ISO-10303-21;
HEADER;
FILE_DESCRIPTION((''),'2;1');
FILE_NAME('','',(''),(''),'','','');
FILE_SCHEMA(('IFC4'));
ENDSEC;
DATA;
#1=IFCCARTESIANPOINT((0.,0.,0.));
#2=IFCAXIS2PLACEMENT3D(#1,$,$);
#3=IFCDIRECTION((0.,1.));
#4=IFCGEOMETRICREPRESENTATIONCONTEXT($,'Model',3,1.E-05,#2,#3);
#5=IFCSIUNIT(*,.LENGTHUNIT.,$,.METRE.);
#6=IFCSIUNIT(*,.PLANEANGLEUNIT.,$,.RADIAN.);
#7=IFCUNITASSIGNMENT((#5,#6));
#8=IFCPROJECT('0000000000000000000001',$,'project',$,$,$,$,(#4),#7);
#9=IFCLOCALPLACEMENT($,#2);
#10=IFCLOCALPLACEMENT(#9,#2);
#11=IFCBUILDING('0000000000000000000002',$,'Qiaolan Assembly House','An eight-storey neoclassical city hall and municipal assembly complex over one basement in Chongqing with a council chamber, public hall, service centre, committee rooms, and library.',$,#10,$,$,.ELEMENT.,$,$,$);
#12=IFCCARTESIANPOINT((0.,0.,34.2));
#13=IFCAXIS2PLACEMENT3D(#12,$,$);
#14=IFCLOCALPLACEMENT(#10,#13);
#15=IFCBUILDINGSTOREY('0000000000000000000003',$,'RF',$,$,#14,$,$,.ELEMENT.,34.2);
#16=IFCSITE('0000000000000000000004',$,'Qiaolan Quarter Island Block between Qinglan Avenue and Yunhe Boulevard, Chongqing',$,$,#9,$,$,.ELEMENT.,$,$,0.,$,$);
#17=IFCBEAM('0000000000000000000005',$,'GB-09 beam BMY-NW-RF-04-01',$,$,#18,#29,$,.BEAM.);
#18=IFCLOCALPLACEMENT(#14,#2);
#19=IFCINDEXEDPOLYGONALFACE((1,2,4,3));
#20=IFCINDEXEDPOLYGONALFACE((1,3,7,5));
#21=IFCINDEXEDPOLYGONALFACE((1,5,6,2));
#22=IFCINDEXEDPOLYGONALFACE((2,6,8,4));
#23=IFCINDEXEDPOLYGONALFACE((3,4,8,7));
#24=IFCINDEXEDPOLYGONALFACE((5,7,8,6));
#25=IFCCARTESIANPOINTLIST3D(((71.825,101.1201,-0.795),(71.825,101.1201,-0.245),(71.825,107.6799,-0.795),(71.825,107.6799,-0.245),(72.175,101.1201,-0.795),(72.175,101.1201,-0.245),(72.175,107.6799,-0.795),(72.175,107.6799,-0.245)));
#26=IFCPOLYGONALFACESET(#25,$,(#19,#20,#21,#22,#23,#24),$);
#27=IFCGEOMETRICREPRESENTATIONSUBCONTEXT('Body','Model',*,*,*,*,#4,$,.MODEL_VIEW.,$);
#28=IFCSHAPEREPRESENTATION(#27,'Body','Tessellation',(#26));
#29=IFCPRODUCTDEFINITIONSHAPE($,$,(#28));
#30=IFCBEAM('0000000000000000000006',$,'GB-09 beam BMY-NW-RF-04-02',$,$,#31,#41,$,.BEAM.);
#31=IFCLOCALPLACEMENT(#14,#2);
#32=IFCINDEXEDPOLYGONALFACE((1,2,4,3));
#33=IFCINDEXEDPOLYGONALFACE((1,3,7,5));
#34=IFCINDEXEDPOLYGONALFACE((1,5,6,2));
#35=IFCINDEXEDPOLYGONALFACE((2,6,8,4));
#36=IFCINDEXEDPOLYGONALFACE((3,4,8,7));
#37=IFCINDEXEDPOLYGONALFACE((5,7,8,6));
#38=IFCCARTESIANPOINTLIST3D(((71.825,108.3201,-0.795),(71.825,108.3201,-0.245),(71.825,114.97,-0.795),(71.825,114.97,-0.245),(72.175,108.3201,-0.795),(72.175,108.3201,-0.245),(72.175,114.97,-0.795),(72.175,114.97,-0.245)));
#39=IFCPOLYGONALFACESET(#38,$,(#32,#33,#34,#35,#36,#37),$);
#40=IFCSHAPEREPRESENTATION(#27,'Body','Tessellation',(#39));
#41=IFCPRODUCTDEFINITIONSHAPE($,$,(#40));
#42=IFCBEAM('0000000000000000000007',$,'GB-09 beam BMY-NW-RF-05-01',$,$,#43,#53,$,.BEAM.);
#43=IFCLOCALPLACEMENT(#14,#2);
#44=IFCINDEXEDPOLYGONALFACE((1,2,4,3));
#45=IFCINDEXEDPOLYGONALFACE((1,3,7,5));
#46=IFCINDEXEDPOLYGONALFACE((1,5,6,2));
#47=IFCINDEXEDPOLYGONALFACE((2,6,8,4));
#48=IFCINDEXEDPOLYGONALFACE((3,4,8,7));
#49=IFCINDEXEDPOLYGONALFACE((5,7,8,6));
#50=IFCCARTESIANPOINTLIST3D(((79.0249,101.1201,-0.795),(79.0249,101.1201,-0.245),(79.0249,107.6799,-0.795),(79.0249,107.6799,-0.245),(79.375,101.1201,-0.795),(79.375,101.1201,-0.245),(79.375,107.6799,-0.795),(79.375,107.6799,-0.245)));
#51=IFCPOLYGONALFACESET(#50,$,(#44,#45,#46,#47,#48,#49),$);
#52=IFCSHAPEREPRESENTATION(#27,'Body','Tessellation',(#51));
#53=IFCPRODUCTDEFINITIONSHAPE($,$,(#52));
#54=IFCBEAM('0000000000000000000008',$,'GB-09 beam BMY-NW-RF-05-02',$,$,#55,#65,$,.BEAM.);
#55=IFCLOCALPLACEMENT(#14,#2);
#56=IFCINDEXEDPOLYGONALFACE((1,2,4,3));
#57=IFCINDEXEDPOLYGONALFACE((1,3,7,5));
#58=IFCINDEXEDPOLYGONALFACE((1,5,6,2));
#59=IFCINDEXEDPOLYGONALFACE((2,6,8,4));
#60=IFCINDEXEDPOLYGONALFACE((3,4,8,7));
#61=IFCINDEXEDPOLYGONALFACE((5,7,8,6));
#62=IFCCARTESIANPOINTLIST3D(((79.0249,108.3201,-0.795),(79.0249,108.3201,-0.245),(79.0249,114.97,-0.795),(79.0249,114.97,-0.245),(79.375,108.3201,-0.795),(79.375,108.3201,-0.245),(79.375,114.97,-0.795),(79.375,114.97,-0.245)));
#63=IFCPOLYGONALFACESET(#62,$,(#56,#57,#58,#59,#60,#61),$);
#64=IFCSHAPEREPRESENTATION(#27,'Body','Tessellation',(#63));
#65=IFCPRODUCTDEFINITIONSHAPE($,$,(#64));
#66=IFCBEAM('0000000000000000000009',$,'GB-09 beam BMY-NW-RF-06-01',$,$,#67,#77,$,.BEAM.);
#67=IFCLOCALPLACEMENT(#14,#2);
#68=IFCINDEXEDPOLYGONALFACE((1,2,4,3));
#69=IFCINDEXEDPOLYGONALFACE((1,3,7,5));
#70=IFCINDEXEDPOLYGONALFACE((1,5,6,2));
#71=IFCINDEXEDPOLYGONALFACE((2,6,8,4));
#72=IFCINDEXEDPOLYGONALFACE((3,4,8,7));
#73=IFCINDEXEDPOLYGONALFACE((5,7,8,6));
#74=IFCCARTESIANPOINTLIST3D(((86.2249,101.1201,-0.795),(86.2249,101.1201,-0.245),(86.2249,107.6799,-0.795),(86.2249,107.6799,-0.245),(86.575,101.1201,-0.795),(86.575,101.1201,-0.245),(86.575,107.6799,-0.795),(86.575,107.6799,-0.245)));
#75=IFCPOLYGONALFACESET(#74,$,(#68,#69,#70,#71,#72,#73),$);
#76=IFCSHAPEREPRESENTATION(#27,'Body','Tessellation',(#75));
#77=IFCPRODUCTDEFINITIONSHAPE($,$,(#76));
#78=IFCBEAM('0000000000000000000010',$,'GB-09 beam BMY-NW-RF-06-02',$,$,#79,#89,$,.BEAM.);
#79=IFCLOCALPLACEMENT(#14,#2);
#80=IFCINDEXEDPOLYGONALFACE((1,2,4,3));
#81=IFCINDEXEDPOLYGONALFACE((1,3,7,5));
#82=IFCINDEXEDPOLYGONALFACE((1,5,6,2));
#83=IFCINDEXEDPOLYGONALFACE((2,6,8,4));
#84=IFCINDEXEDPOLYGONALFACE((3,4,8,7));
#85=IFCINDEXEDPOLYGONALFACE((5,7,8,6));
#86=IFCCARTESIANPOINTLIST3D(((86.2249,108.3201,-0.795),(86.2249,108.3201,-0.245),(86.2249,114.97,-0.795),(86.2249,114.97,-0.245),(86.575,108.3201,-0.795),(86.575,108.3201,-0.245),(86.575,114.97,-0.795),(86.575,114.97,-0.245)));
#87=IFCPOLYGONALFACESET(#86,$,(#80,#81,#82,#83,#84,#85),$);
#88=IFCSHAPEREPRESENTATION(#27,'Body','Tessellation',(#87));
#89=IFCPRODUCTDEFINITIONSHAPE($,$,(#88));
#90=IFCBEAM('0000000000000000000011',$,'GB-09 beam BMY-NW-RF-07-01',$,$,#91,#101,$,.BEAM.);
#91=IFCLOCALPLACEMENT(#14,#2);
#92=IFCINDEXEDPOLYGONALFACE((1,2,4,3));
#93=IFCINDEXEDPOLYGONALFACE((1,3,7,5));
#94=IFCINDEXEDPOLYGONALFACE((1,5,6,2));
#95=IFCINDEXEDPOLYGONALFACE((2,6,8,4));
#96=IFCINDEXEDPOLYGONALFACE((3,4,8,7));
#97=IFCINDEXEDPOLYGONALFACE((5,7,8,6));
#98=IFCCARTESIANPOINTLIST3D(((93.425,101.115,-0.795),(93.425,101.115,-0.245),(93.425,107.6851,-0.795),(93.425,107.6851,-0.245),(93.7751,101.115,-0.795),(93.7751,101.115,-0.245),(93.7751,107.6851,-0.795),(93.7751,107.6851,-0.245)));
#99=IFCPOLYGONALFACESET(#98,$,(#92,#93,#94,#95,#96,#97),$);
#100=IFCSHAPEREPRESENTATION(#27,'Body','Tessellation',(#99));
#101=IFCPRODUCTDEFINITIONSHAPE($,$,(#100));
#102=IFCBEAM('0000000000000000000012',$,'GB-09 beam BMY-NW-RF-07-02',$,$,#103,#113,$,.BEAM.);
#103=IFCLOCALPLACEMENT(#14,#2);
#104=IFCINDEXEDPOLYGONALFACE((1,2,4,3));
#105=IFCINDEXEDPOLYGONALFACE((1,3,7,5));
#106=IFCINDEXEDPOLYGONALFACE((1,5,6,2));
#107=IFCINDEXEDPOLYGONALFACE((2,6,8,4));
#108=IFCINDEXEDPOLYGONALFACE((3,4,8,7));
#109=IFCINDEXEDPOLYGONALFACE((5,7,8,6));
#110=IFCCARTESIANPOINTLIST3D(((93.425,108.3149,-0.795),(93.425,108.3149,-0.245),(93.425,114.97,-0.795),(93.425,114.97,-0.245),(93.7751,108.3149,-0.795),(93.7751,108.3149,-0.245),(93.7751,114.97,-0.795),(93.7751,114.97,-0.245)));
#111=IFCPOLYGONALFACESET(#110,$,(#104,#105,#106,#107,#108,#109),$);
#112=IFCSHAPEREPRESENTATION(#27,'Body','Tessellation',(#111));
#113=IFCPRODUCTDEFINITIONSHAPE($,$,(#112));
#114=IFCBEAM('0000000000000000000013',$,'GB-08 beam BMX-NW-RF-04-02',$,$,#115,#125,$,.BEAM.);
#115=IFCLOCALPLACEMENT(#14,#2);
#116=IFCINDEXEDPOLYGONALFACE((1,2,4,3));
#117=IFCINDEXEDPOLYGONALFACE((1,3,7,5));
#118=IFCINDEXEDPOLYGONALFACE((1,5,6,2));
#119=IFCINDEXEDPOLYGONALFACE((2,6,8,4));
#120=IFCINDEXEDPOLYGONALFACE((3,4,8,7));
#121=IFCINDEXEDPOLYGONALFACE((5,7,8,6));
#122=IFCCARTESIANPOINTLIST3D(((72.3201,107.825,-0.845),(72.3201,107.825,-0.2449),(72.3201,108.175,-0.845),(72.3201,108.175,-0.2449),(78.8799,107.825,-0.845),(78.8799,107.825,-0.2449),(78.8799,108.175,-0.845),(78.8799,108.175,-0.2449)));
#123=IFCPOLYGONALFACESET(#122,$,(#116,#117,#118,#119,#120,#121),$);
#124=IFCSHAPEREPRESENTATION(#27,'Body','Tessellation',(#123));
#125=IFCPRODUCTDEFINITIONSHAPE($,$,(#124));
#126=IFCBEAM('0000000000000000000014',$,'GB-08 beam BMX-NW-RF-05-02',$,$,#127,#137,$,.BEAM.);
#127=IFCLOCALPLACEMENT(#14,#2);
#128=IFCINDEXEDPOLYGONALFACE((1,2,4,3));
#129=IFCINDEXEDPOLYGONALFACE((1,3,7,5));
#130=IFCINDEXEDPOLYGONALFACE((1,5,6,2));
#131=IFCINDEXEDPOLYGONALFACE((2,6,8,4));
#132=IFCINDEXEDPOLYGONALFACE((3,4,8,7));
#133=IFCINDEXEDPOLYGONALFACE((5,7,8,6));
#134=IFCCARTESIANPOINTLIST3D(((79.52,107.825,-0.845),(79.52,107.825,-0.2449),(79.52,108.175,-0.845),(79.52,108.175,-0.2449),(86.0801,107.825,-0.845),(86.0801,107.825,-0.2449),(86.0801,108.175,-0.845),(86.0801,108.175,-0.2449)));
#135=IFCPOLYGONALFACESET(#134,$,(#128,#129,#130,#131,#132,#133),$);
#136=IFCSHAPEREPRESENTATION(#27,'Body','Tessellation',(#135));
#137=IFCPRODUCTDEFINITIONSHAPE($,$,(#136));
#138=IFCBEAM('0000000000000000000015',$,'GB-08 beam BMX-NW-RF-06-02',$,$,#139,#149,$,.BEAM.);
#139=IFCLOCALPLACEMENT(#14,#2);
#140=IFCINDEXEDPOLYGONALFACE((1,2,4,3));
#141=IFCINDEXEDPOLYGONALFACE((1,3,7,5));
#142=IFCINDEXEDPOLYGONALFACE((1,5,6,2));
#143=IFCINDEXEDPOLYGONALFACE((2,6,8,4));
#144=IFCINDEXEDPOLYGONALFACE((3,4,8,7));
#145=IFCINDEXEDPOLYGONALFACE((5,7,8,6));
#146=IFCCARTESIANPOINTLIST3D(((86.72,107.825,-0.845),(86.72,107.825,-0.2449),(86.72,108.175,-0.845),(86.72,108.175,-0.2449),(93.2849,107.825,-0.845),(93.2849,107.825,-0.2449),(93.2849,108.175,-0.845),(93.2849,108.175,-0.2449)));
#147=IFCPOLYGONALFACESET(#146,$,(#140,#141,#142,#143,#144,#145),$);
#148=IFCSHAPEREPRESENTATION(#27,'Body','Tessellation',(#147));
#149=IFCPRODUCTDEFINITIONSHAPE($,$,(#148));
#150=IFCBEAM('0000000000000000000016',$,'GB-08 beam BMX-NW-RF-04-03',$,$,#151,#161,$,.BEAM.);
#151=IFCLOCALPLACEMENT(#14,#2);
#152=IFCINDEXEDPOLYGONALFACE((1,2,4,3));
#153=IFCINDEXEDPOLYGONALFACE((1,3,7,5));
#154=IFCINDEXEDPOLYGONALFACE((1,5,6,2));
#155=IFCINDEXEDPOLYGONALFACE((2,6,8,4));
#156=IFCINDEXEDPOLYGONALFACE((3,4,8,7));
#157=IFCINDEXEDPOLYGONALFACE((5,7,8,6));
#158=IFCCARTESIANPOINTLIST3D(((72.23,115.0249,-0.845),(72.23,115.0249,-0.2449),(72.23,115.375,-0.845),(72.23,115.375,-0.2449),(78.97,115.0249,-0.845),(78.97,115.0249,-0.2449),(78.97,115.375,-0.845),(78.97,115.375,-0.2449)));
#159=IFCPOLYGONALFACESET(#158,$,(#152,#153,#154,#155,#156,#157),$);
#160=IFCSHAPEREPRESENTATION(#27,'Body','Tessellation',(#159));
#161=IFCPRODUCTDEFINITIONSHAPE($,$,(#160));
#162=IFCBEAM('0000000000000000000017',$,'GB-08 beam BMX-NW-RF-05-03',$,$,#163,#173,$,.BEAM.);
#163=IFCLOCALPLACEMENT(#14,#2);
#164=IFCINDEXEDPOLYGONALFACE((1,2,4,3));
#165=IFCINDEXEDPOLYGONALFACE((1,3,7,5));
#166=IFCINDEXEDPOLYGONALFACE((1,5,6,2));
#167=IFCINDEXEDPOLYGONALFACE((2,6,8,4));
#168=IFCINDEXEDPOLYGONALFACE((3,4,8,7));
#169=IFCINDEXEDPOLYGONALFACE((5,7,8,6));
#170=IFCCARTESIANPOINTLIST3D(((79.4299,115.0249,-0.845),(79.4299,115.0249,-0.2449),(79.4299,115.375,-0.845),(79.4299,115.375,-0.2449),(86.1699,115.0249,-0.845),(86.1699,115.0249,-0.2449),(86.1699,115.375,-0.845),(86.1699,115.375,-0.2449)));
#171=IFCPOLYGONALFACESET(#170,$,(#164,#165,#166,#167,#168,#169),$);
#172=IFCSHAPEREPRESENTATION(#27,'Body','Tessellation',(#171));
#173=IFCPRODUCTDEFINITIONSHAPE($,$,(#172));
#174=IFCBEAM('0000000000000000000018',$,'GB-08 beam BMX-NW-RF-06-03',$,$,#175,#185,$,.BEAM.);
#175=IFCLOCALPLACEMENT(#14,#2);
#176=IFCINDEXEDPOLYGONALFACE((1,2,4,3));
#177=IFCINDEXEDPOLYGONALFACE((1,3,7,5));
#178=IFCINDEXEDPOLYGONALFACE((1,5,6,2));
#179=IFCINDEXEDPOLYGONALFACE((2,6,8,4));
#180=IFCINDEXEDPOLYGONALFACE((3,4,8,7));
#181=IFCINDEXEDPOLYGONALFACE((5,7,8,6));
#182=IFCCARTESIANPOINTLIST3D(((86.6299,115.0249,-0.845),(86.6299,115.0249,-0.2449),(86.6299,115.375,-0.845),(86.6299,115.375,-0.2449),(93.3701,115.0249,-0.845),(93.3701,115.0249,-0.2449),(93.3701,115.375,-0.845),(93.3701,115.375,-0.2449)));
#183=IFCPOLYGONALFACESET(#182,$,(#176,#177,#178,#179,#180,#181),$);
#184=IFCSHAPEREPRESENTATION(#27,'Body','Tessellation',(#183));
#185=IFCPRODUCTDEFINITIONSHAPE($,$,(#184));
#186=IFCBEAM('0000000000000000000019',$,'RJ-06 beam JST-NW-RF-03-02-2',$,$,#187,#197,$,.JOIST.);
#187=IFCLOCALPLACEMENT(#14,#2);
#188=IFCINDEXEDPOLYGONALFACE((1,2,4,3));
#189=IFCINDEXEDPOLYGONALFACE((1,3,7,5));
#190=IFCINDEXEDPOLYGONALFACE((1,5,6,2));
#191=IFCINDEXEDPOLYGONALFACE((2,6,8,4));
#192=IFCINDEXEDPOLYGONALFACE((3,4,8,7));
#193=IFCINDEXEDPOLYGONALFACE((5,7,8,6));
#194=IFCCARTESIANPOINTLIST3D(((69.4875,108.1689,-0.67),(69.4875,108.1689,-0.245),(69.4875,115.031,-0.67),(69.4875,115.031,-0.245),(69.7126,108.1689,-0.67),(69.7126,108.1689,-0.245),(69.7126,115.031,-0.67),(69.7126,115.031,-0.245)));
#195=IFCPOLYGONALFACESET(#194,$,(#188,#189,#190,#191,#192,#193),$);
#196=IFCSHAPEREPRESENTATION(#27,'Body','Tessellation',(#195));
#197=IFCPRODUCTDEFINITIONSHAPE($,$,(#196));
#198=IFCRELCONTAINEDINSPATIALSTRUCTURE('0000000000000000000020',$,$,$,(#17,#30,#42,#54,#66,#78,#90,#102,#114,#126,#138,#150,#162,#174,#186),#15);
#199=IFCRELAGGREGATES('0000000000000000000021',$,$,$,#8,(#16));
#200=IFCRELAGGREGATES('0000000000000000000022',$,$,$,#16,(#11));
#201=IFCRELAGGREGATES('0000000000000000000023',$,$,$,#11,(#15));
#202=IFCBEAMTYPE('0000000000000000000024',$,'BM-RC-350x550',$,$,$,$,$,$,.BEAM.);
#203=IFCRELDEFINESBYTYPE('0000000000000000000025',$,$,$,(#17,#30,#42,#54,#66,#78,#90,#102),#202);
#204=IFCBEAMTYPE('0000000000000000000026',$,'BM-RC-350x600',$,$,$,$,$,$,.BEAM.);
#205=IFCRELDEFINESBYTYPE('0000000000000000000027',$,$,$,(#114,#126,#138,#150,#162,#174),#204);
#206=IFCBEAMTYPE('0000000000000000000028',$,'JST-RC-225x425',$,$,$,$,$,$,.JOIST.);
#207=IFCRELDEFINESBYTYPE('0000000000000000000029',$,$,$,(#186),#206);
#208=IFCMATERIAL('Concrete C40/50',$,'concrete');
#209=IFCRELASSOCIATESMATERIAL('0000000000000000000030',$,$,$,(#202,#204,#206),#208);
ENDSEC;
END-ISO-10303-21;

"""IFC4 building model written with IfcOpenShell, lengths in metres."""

from ifc_helpers import new_model, si_unit, direction, frame, origin, origin_2d, place, context, subcontext, project, spatial, rectangle, extrude, material, material_profile, profile_set, type_object, element, save


model = new_model("IFC4")

# Units and contexts
model_context = context("Model", 3, precision=1e-05, world=origin(), true_north=direction((0.0, 1.0)))
body_context = subcontext(model_context, "Body", "Model", "MODEL_VIEW")
ifc_project = project(units=[si_unit("LENGTHUNIT", "METRE"), si_unit("PLANEANGLEUNIT", "RADIAN")], contexts=[model_context])

# Site, building, storey
site_placement = place(None, origin())
site = spatial("IfcSite", under=ifc_project, at=site_placement, Name="Qiaolan Quarter Island Block between Qinglan Avenue and Yunhe Boulevard, Chongqing", CompositionType="ELEMENT", RefElevation=0.0)
building_placement = place(site_placement, origin())
building = spatial("IfcBuilding", under=site, at=building_placement, Name="Qiaolan Assembly House", Description="An eight-storey neoclassical city hall and municipal assembly complex over one basement in Chongqing with a council chamber, public hall, service centre, committee rooms, and library.", CompositionType="ELEMENT")
storey_placement = place(building_placement, frame((0.0, 0.0, 34.2)))
storey = spatial("IfcBuildingStorey", under=building, at=storey_placement, Name="RF", CompositionType="ELEMENT", Elevation=34.2)

# Beams
ifc_material_1 = material(Name="Concrete C40/50", Category="concrete")
ifc_material_profile_1 = material_profile(ifc_material_1, rectangle(XDim=0.3501, YDim=0.55, at=origin_2d()), Name="RCB 350x550")
ifc_profile_set_1 = profile_set([ifc_material_profile_1], Name="Concrete C40/50")
beam_type_1 = type_object("IfcBeamType", Name="BM-RC-350x550", PredefinedType="BEAM", material=ifc_profile_set_1)
beam_1_placement = place(storey_placement, frame((72.0, 101.1201, -0.52), z_axis=(0.0, 1.0, 0.0), x_axis=(-1.0, 0.0, 0.0)))
element("IfcBeam", 1, at=beam_1_placement, inside=storey, type_object=beam_type_1, Name="GB-09 beam BMY-NW-RF-04-01", PredefinedType="BEAM", context=body_context, shape_type="SweptSolid", body=[
    extrude(rectangle(XDim=0.3501, YDim=0.55, at=origin_2d()), origin(), (0.0, 0.0, 1.0), 6.5598),
])
beam_2_placement = place(storey_placement, frame((72.0, 108.3201, -0.52), z_axis=(0.0, 1.0, 0.0), x_axis=(-1.0, 0.0, 0.0)))
element("IfcBeam", 2, at=beam_2_placement, inside=storey, type_object=beam_type_1, Name="GB-09 beam BMY-NW-RF-04-02", PredefinedType="BEAM", context=body_context, shape_type="SweptSolid", body=[
    extrude(rectangle(XDim=0.3501, YDim=0.55, at=origin_2d()), origin(), (0.0, 0.0, 1.0), 6.6499),
])
beam_3_placement = place(storey_placement, frame((79.2, 101.1201, -0.52), z_axis=(0.0, 1.0, 0.0), x_axis=(-1.0, 0.0, 0.0)))
element("IfcBeam", 3, at=beam_3_placement, inside=storey, type_object=beam_type_1, Name="GB-09 beam BMY-NW-RF-05-01", PredefinedType="BEAM", context=body_context, shape_type="SweptSolid", body=[
    extrude(rectangle(XDim=0.3501, YDim=0.55, at=origin_2d()), origin(), (0.0, 0.0, 1.0), 6.5598),
])
beam_4_placement = place(storey_placement, frame((79.2, 108.3201, -0.52), z_axis=(0.0, 1.0, 0.0), x_axis=(-1.0, 0.0, 0.0)))
element("IfcBeam", 4, at=beam_4_placement, inside=storey, type_object=beam_type_1, Name="GB-09 beam BMY-NW-RF-05-02", PredefinedType="BEAM", context=body_context, shape_type="SweptSolid", body=[
    extrude(rectangle(XDim=0.3501, YDim=0.55, at=origin_2d()), origin(), (0.0, 0.0, 1.0), 6.6499),
])
beam_5_placement = place(storey_placement, frame((86.3999, 101.1201, -0.52), z_axis=(0.0, 1.0, 0.0), x_axis=(-1.0, 0.0, 0.0)))
element("IfcBeam", 5, at=beam_5_placement, inside=storey, type_object=beam_type_1, Name="GB-09 beam BMY-NW-RF-06-01", PredefinedType="BEAM", context=body_context, shape_type="SweptSolid", body=[
    extrude(rectangle(XDim=0.3501, YDim=0.55, at=origin_2d()), origin(), (0.0, 0.0, 1.0), 6.5598),
])
beam_6_placement = place(storey_placement, frame((86.3999, 108.3201, -0.52), z_axis=(0.0, 1.0, 0.0), x_axis=(-1.0, 0.0, 0.0)))
element("IfcBeam", 6, at=beam_6_placement, inside=storey, type_object=beam_type_1, Name="GB-09 beam BMY-NW-RF-06-02", PredefinedType="BEAM", context=body_context, shape_type="SweptSolid", body=[
    extrude(rectangle(XDim=0.3501, YDim=0.55, at=origin_2d()), origin(), (0.0, 0.0, 1.0), 6.6499),
])
beam_7_placement = place(storey_placement, frame((93.6001, 101.115, -0.52), z_axis=(0.0, 1.0, 0.0), x_axis=(-1.0, 0.0, 0.0)))
element("IfcBeam", 7, at=beam_7_placement, inside=storey, type_object=beam_type_1, Name="GB-09 beam BMY-NW-RF-07-01", PredefinedType="BEAM", context=body_context, shape_type="SweptSolid", body=[
    extrude(rectangle(XDim=0.3501, YDim=0.55, at=origin_2d()), origin(), (0.0, 0.0, 1.0), 6.5701),
])
beam_8_placement = place(storey_placement, frame((93.6001, 108.3149, -0.52), z_axis=(0.0, 1.0, 0.0), x_axis=(-1.0, 0.0, 0.0)))
element("IfcBeam", 8, at=beam_8_placement, inside=storey, type_object=beam_type_1, Name="GB-09 beam BMY-NW-RF-07-02", PredefinedType="BEAM", context=body_context, shape_type="SweptSolid", body=[
    extrude(rectangle(XDim=0.3501, YDim=0.55, at=origin_2d()), origin(), (0.0, 0.0, 1.0), 6.655),
])
ifc_material_profile_2 = material_profile(ifc_material_1, rectangle(XDim=0.3501, YDim=0.6001, at=origin_2d()), Name="RCB 350x600")
ifc_profile_set_2 = profile_set([ifc_material_profile_2], Name="Concrete C40/50")
beam_type_2 = type_object("IfcBeamType", Name="BM-RC-350x600", PredefinedType="BEAM", material=ifc_profile_set_2)
beam_9_placement = place(storey_placement, frame((72.3201, 108.0, -0.5449), z_axis=(1.0, 0.0, 0.0), x_axis=(0.0, 1.0, 0.0)))
element("IfcBeam", 9, at=beam_9_placement, inside=storey, type_object=beam_type_2, Name="GB-08 beam BMX-NW-RF-04-02", PredefinedType="BEAM", context=body_context, shape_type="SweptSolid", body=[
    extrude(rectangle(XDim=0.3501, YDim=0.6001, at=origin_2d()), origin(), (0.0, 0.0, 1.0), 6.5598),
])
beam_10_placement = place(storey_placement, frame((79.52, 108.0, -0.5449), z_axis=(1.0, 0.0, 0.0), x_axis=(0.0, 1.0, 0.0)))
element("IfcBeam", 10, at=beam_10_placement, inside=storey, type_object=beam_type_2, Name="GB-08 beam BMX-NW-RF-05-02", PredefinedType="BEAM", context=body_context, shape_type="SweptSolid", body=[
    extrude(rectangle(XDim=0.3501, YDim=0.6001, at=origin_2d()), origin(), (0.0, 0.0, 1.0), 6.5601),
])
beam_11_placement = place(storey_placement, frame((86.72, 108.0, -0.5449), z_axis=(1.0, 0.0, 0.0), x_axis=(0.0, 1.0, 0.0)))
element("IfcBeam", 11, at=beam_11_placement, inside=storey, type_object=beam_type_2, Name="GB-08 beam BMX-NW-RF-06-02", PredefinedType="BEAM", context=body_context, shape_type="SweptSolid", body=[
    extrude(rectangle(XDim=0.3501, YDim=0.6001, at=origin_2d()), origin(), (0.0, 0.0, 1.0), 6.5649),
])
for number, where, z_axis, x_axis, name in (
    (12, (72.23, 115.2, -0.5449), (1.0, 0.0, 0.0), (0.0, 1.0, 0.0), "GB-08 beam BMX-NW-RF-04-03"),
    (13, (79.4299, 115.2, -0.5449), (1.0, 0.0, 0.0), (0.0, 1.0, 0.0), "GB-08 beam BMX-NW-RF-05-03"),
):
    element("IfcBeam", number, at=place(storey_placement, frame(where, z_axis=z_axis, x_axis=x_axis)), inside=storey, type_object=beam_type_2, Name=name, PredefinedType="BEAM", context=body_context, shape_type="SweptSolid", body=[
        extrude(rectangle(XDim=0.3501, YDim=0.6001, at=origin_2d()), origin(), (0.0, 0.0, 1.0), 6.74),
    ])
beam_12_placement = place(storey_placement, frame((86.6299, 115.2, -0.5449), z_axis=(1.0, 0.0, 0.0), x_axis=(0.0, 1.0, 0.0)))
element("IfcBeam", 14, at=beam_12_placement, inside=storey, type_object=beam_type_2, Name="GB-08 beam BMX-NW-RF-06-03", PredefinedType="BEAM", context=body_context, shape_type="SweptSolid", body=[
    extrude(rectangle(XDim=0.3501, YDim=0.6001, at=origin_2d()), origin(), (0.0, 0.0, 1.0), 6.7402),
])
ifc_material_profile_3 = material_profile(ifc_material_1, rectangle(XDim=0.2251, YDim=0.425, at=origin_2d()), Name="RCB 225x425")
ifc_profile_set_3 = profile_set([ifc_material_profile_3], Name="Concrete C40/50")
beam_type_3 = type_object("IfcBeamType", Name="JST-RC-225x425", PredefinedType="JOIST", material=ifc_profile_set_3)
for number, where, z_axis, x_axis, name in (
    (15, (69.6001, 108.1689, -0.4575), (0.0, 1.0, 0.0), (-1.0, 0.0, 0.0), "RJ-06 beam JST-NW-RF-03-02-2"),
):
    element("IfcBeam", number, at=place(storey_placement, frame(where, z_axis=z_axis, x_axis=x_axis)), inside=storey, type_object=beam_type_3, Name=name, PredefinedType="JOIST", context=body_context, shape_type="SweptSolid", body=[
        extrude(rectangle(XDim=0.2251, YDim=0.425, at=origin_2d()), origin(), (0.0, 0.0, 1.0), 6.8621),
    ])

save(model, "model.ifc")
